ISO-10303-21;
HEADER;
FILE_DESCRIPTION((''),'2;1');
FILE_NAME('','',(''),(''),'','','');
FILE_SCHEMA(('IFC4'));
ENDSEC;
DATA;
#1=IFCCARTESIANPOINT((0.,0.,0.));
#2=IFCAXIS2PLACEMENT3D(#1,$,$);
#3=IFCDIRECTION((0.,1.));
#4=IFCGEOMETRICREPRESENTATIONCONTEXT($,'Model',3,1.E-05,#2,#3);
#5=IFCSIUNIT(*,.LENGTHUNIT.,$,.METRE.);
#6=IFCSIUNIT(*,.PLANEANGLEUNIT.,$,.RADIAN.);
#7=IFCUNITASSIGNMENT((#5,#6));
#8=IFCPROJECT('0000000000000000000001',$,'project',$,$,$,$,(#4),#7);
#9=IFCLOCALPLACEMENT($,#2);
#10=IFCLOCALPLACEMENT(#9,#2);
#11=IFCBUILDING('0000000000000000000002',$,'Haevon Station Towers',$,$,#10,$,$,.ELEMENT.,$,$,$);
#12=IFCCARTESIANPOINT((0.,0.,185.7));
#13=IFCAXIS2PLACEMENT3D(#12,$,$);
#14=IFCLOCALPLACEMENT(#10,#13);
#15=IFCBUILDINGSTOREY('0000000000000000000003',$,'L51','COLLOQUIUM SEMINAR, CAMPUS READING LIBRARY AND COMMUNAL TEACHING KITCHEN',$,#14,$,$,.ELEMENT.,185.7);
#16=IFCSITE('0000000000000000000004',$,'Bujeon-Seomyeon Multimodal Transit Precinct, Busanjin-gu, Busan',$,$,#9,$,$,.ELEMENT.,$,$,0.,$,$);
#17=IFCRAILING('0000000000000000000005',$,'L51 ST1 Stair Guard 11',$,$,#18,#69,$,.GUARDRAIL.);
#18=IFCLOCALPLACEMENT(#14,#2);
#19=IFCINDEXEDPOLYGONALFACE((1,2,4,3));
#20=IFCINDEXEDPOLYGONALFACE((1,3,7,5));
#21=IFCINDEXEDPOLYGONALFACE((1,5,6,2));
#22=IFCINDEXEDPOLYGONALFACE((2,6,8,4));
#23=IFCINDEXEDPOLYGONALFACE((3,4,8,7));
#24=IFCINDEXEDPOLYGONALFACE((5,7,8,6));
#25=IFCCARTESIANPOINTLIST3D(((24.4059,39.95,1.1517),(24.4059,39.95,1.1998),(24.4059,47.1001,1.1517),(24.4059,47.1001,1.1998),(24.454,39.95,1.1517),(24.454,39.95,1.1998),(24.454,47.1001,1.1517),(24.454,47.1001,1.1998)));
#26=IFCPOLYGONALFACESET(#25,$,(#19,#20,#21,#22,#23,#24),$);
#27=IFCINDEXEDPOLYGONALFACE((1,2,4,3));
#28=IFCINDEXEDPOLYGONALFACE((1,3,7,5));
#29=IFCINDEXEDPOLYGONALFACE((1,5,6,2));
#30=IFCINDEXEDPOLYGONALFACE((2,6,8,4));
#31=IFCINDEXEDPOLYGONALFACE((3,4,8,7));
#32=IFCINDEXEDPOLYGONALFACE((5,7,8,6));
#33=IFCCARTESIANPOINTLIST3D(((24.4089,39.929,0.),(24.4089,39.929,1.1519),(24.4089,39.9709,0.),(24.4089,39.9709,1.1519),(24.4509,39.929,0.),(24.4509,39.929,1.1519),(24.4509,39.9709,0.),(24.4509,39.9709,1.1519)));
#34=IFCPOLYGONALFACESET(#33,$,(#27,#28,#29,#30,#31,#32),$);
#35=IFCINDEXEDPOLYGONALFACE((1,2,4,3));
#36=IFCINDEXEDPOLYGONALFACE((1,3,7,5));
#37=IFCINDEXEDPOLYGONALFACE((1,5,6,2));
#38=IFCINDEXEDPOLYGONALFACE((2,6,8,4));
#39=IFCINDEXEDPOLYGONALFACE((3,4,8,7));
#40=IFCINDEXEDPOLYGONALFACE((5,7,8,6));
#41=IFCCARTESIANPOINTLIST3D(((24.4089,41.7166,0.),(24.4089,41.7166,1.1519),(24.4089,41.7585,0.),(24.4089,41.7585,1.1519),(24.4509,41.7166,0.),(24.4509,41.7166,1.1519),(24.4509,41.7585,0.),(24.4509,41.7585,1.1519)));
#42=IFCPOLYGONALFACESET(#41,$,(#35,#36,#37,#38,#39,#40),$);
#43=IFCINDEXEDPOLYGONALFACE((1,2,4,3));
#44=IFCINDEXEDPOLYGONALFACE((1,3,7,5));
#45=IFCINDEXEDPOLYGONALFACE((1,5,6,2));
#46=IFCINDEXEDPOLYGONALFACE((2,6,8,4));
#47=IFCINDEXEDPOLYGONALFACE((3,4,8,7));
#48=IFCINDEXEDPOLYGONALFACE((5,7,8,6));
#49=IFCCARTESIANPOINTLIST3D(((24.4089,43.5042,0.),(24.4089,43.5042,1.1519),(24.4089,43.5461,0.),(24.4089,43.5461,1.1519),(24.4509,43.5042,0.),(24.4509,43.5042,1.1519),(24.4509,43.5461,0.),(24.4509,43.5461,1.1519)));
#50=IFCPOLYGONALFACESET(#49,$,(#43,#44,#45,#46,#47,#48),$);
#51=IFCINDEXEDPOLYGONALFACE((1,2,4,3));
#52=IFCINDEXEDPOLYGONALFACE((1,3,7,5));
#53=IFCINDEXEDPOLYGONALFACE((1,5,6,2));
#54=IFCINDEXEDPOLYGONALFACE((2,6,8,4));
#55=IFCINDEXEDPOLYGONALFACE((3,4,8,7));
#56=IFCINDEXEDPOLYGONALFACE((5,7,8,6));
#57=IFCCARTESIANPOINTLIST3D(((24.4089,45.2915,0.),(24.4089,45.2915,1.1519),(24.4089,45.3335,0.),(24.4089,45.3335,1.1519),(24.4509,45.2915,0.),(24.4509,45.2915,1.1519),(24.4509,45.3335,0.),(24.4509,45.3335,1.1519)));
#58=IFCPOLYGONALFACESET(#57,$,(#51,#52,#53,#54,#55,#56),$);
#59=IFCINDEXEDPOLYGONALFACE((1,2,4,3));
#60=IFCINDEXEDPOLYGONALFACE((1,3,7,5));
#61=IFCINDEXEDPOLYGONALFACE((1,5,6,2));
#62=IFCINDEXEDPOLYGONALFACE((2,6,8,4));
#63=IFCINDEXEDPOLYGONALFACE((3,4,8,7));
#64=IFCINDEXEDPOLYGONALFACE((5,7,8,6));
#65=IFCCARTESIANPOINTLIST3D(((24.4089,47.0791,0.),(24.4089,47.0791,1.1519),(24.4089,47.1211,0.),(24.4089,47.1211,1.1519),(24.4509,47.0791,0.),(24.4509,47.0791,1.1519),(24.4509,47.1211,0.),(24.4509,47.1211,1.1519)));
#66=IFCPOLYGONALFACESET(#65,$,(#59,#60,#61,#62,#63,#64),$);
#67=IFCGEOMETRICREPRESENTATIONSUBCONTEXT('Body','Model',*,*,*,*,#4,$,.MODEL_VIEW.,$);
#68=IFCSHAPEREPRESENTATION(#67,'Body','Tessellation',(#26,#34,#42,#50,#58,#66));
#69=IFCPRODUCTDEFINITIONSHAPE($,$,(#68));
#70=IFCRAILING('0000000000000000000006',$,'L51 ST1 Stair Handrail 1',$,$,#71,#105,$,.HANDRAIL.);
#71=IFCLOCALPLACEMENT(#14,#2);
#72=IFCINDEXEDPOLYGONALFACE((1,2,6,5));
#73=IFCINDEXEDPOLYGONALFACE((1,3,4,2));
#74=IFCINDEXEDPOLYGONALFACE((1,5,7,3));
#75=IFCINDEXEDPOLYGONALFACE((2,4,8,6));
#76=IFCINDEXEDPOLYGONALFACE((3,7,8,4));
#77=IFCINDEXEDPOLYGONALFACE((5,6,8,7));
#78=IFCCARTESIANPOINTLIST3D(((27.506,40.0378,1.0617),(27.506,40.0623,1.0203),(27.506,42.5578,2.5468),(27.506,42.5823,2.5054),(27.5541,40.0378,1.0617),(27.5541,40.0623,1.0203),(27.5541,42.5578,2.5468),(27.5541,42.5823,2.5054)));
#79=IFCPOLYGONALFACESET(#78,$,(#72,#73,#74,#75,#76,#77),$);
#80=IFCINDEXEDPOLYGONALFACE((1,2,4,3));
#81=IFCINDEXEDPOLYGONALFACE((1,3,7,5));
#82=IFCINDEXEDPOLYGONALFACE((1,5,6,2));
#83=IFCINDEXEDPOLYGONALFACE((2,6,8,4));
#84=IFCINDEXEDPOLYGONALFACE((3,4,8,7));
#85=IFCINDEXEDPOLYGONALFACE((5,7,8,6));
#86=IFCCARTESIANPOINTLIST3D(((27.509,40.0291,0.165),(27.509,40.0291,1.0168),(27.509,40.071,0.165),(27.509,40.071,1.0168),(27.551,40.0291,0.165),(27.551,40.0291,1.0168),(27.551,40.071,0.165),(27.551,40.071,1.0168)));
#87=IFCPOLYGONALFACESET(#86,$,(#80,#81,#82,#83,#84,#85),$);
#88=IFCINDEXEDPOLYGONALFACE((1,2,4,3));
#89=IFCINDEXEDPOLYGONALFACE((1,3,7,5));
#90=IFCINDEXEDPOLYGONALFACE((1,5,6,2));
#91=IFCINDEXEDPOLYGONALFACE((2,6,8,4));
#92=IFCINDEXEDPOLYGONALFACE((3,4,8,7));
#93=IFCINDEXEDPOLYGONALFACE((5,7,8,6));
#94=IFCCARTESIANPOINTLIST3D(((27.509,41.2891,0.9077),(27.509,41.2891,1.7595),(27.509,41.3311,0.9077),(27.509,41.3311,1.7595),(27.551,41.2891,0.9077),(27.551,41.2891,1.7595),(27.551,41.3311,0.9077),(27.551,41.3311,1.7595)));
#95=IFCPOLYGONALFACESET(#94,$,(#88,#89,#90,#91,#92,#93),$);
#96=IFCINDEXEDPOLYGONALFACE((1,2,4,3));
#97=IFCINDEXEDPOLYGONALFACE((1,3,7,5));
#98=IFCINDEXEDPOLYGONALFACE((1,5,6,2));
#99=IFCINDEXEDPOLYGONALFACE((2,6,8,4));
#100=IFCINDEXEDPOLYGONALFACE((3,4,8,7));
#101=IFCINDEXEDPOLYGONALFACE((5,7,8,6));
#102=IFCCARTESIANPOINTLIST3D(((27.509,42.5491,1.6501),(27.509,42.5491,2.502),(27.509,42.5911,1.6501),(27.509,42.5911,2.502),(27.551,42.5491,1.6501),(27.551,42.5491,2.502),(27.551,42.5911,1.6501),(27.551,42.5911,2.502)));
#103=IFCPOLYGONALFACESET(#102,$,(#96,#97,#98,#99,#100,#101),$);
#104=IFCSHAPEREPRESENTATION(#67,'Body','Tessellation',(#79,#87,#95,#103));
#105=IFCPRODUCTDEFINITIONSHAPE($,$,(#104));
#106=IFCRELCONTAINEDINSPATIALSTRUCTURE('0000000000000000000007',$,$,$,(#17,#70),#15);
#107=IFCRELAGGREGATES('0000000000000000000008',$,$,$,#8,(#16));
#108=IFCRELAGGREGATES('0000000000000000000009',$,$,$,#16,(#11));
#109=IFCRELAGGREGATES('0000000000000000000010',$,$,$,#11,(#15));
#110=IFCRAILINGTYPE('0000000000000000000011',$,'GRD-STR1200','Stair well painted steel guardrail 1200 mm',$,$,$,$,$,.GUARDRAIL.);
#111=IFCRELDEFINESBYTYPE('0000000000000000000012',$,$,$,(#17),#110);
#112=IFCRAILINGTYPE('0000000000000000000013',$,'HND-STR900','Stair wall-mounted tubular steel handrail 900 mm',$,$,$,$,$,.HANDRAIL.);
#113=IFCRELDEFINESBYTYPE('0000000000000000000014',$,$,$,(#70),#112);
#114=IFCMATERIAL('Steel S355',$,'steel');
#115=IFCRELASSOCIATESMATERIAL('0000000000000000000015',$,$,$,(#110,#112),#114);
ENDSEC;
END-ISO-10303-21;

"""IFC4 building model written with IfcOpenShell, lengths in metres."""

from ifc_helpers import new_model, si_unit, direction, frame, origin, origin_2d, place, context, subcontext, project, spatial, rectangle, extrude, material, type_object, element, save


model = new_model("IFC4")

# Units and contexts
model_context = context("Model", 3, precision=1e-05, world=origin(), true_north=direction((0.0, 1.0)))
body_context = subcontext(model_context, "Body", "Model", "MODEL_VIEW")
ifc_project = project(units=[si_unit("LENGTHUNIT", "METRE"), si_unit("PLANEANGLEUNIT", "RADIAN")], contexts=[model_context])

# Site, building, storey
site_placement = place(None, origin())
site = spatial("IfcSite", under=ifc_project, at=site_placement, Name="Bujeon-Seomyeon Multimodal Transit Precinct, Busanjin-gu, Busan", CompositionType="ELEMENT", RefElevation=0.0)
building_placement = place(site_placement, origin())
building = spatial("IfcBuilding", under=site, at=building_placement, Name="Haevon Station Towers", CompositionType="ELEMENT")
storey_placement = place(building_placement, frame((0.0, 0.0, 185.7)))
storey = spatial("IfcBuildingStorey", under=building, at=storey_placement, Name="L51", Description="COLLOQUIUM SEMINAR, CAMPUS READING LIBRARY AND COMMUNAL TEACHING KITCHEN", CompositionType="ELEMENT", Elevation=185.7)

# Shared definitions
ifc_material_1 = material(Name="Steel S355", Category="steel")

# Railings
railing_type_1 = type_object("IfcRailingType", Name="GRD-STR1200", Description="Stair well painted steel guardrail 1200 mm", PredefinedType="GUARDRAIL", material=ifc_material_1)
for number, where, name in (
    (1, (24.4299, 39.95, 0.0), "L51 ST1 Stair Guard 11"),
):
    element("IfcRailing", number, at=place(storey_placement, frame(where)), inside=storey, type_object=railing_type_1, Name=name, PredefinedType="GUARDRAIL", context=body_context, shape_type="SweptSolid", body=[
        extrude(rectangle(XDim=0.0481, YDim=0.0481, at=origin_2d()), frame((0.0, 0.0, 1.1758), z_axis=(0.0, 1.0, 0.0), x_axis=(-1.0, 0.0, 0.0)), (0.0, 0.0, 1.0), 7.1501),
        extrude(rectangle(XDim=0.042, YDim=0.042, at=origin_2d()), origin(), (0.0, 0.0, 1.0), 1.1519),
        extrude(rectangle(XDim=0.042, YDim=0.042, at=origin_2d()), frame((0.0, 1.7876, 0.0)), (0.0, 0.0, 1.0), 1.1519),
        extrude(rectangle(XDim=0.042, YDim=0.042, at=origin_2d()), frame((0.0, 3.5752, 0.0)), (0.0, 0.0, 1.0), 1.1519),
        extrude(rectangle(XDim=0.042, YDim=0.042, at=origin_2d()), frame((0.0, 5.3625, 0.0)), (0.0, 0.0, 1.0), 1.1519),
        extrude(rectangle(XDim=0.042, YDim=0.042, at=origin_2d()), frame((0.0, 7.1501, 0.0)), (0.0, 0.0, 1.0), 1.1519),
    ])
railing_type_2 = type_object("IfcRailingType", Name="HND-STR900", Description="Stair wall-mounted tubular steel handrail 900 mm", PredefinedType="HANDRAIL", material=ifc_material_1)
railing_1_placement = place(storey_placement, frame((27.53, 40.05, 0.165)))
element("IfcRailing", 2, at=railing_1_placement, inside=storey, type_object=railing_type_2, Name="L51 ST1 Stair Handrail 1", PredefinedType="HANDRAIL", context=body_context, shape_type="SweptSolid", body=[
    extrude(rectangle(XDim=0.0481, YDim=0.0481, at=origin_2d()), frame((0.0, 0.0, 0.876), z_axis=(0.0, 0.861524, 0.507717), x_axis=(-1.0, 0.0, 0.0)), (0.0, 0.0, 1.0), 2.925),
    extrude(rectangle(XDim=0.042, YDim=0.042, at=origin_2d()), origin(), (0.0, 0.0, 1.0), 0.8518),
    extrude(rectangle(XDim=0.042, YDim=0.042, at=origin_2d()), frame((0.0, 1.26, 0.7427)), (0.0, 0.0, 1.0), 0.8518),
    extrude(rectangle(XDim=0.042, YDim=0.042, at=origin_2d()), frame((0.0, 2.52, 1.4851)), (0.0, 0.0, 1.0), 0.8518),
])

save(model, "model.ifc")
